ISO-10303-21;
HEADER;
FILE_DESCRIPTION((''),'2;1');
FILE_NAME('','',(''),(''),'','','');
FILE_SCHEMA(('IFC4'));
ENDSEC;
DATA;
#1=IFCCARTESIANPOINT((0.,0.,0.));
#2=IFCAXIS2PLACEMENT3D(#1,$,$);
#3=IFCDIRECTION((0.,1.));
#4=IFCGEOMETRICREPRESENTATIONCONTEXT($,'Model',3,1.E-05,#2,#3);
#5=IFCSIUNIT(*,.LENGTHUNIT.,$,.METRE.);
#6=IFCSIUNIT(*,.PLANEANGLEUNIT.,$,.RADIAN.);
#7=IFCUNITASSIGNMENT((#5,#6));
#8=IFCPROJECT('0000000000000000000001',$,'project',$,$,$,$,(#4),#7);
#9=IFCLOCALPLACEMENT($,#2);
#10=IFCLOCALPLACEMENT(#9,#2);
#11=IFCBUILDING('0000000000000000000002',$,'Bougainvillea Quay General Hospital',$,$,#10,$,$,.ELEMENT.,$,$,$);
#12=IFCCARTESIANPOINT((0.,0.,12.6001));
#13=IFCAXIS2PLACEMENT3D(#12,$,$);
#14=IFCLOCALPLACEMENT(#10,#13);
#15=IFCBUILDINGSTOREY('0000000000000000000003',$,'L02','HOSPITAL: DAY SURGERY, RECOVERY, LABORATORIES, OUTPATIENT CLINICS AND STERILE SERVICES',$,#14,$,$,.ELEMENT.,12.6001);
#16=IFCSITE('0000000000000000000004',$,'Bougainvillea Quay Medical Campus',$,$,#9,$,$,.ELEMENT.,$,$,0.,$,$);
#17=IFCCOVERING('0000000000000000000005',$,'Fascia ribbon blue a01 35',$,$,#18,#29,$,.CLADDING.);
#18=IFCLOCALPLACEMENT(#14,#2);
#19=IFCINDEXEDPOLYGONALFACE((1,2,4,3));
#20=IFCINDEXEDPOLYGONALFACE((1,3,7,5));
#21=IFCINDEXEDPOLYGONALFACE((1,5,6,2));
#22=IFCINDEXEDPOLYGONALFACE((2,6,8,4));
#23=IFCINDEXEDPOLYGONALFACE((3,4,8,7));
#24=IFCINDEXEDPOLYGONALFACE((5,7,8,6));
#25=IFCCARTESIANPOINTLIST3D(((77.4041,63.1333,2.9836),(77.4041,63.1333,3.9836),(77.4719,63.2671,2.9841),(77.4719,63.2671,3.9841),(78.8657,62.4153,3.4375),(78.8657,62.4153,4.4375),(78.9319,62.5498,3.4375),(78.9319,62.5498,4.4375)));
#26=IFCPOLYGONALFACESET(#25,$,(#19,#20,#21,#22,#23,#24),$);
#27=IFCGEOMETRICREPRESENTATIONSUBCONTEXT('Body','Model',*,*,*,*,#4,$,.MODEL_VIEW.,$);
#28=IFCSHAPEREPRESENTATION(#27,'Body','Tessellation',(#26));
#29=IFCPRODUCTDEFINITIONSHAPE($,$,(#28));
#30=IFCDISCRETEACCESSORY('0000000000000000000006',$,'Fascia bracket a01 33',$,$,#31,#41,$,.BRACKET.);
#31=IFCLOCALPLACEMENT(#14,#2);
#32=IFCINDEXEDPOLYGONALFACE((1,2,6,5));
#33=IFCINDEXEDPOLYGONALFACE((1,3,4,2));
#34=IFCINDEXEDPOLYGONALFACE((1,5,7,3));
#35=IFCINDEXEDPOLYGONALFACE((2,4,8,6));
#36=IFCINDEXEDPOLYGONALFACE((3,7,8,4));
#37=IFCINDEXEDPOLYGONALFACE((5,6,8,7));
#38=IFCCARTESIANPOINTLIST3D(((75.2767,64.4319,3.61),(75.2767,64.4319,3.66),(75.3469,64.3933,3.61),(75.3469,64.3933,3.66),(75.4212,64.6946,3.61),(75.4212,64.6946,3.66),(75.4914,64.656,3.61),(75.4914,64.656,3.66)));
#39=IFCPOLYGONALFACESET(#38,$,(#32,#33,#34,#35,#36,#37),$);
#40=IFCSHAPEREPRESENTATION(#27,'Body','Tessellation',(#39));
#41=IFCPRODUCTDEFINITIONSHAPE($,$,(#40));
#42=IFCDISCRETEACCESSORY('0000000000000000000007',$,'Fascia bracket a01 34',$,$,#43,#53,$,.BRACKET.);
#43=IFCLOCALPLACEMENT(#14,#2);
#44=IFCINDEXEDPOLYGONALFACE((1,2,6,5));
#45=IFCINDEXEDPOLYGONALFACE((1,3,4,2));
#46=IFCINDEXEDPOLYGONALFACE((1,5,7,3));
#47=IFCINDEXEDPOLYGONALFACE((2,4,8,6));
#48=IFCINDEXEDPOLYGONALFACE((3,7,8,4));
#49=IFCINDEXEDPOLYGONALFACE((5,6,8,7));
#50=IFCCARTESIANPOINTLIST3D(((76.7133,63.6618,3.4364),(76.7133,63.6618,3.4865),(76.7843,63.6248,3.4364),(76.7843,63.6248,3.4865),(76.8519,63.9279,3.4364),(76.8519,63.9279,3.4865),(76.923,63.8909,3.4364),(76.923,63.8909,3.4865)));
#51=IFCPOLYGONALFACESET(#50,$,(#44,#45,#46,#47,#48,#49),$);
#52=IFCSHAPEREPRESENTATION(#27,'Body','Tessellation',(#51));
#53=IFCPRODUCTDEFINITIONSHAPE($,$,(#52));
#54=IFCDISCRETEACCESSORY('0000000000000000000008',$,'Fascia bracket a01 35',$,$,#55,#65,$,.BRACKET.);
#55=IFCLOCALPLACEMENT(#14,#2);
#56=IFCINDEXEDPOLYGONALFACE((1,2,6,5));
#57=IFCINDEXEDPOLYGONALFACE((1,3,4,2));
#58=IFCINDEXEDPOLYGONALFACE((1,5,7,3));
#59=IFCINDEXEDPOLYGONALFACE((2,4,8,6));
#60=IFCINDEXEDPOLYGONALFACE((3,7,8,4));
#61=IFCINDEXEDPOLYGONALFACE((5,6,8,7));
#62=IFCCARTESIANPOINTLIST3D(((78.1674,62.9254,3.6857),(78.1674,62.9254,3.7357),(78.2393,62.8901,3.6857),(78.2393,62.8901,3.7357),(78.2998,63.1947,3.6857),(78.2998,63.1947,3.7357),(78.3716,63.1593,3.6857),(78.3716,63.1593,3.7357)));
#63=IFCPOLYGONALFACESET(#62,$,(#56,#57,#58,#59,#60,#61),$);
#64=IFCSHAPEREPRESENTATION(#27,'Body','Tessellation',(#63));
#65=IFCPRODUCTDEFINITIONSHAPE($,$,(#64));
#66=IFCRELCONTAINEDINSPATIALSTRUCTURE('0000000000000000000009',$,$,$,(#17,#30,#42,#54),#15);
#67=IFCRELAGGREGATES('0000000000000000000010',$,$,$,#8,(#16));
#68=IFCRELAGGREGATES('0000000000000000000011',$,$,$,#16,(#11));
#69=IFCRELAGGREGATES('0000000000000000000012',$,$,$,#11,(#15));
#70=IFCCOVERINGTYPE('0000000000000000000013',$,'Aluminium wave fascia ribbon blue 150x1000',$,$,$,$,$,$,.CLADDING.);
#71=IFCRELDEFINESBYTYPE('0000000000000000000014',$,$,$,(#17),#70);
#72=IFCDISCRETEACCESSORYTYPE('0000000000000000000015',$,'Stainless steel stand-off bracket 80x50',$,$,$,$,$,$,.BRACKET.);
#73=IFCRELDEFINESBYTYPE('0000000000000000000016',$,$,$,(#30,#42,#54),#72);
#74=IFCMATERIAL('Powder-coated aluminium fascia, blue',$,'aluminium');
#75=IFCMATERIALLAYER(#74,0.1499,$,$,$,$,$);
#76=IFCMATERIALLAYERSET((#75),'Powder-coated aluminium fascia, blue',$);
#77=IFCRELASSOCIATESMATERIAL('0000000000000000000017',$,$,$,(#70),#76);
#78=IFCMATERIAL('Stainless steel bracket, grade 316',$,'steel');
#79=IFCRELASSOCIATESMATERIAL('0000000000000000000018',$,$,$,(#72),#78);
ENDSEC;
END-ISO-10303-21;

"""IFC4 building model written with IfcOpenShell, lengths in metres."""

from ifc_helpers import new_model, si_unit, direction, frame, origin, origin_2d, place, context, subcontext, project, spatial, polyline, rectangle, outline, extrude, material, layer, layer_set, material_profile, profile_set, type_object, element, save


model = new_model("IFC4")

# Units and contexts
model_context = context("Model", 3, precision=1e-05, world=origin(), true_north=direction((0.0, 1.0)))
body_context = subcontext(model_context, "Body", "Model", "MODEL_VIEW")
ifc_project = project(units=[si_unit("LENGTHUNIT", "METRE"), si_unit("PLANEANGLEUNIT", "RADIAN")], contexts=[model_context])

# Site, building, storey
site_placement = place(None, origin())
site = spatial("IfcSite", under=ifc_project, at=site_placement, Name="Bougainvillea Quay Medical Campus", CompositionType="ELEMENT", RefElevation=0.0)
building_placement = place(site_placement, origin())
building = spatial("IfcBuilding", under=site, at=building_placement, Name="Bougainvillea Quay General Hospital", CompositionType="ELEMENT")
storey_placement = place(building_placement, frame((0.0, 0.0, 12.6001)))
storey = spatial("IfcBuildingStorey", under=building, at=storey_placement, Name="L02", Description="HOSPITAL: DAY SURGERY, RECOVERY, LABORATORIES, OUTPATIENT CLINICS AND STERILE SERVICES", CompositionType="ELEMENT", Elevation=12.6001)

# Covering
ifc_material_1 = material(Name="Powder-coated aluminium fascia, blue", Category="aluminium")
ifc_layer_1 = layer(ifc_material_1, 0.1499)
ifc_layer_set_1 = layer_set([ifc_layer_1], Name="Powder-coated aluminium fascia, blue")
covering_type = type_object("IfcCoveringType", Name="Aluminium wave fascia ribbon blue 150x1000", PredefinedType="CLADDING", material=ifc_layer_set_1)
covering_1_placement = place(storey_placement, frame((77.4719, 63.2671, 2.9841), z_axis=(-0.24087, 0.118572, 0.963287), x_axis=(0.864577, -0.42477, 0.268473)))
element("IfcCovering", 1, at=covering_1_placement, inside=storey, type_object=covering_type, Name="Fascia ribbon blue a01 35", PredefinedType="CLADDING", context=body_context, shape_type="SweptSolid", body=[
    extrude(outline(polyline([(0.0, 0.0), (1.6886, 0.0), (1.6886, -0.1499), (-0.002, -0.15), (0.0, 0.0)])), origin(), (0.268473, -0.000201, 0.963287), 1.0),
])

# Discrete accessories
ifc_material_2 = material(Name="Stainless steel bracket, grade 316", Category="steel")
ifc_material_profile_1 = material_profile(ifc_material_2, rectangle(XDim=0.0801, YDim=0.05, at=origin_2d()))
ifc_profile_set_1 = profile_set([ifc_material_profile_1], Name="Stainless steel bracket, grade 316")
discrete_accessory_type = type_object("IfcDiscreteAccessoryType", Name="Stainless steel stand-off bracket 80x50", PredefinedType="BRACKET", material=ifc_profile_set_1)
discrete_accessory_placement = place(storey_placement, frame((75.4563, 64.6753, 3.635), z_axis=(-0.482044, -0.876147, 0.0), x_axis=(0.876147, -0.482044, 0.0)))
element("IfcDiscreteAccessory", 2, at=discrete_accessory_placement, inside=storey, type_object=discrete_accessory_type, Name="Fascia bracket a01 33", PredefinedType="BRACKET", context=body_context, shape_type="SweptSolid", body=[
    extrude(rectangle(XDim=0.0801, YDim=0.05, at=origin_2d()), origin(), (0.0, 0.0, 1.0), 0.2998),
])
for number, where, z_axis, x_axis, name in (
    (3, (76.8875, 63.9094, 3.4614), (-0.462121, -0.886817, 0.0), (0.886817, -0.462121, 0.0), "Fascia bracket a01 34"),
    (4, (78.3357, 63.177, 3.7107), (-0.441019, -0.897498, 0.0), (0.897498, -0.441019, 0.0), "Fascia bracket a01 35"),
):
    element("IfcDiscreteAccessory", number, at=place(storey_placement, frame(where, z_axis=z_axis, x_axis=x_axis)), inside=storey, type_object=discrete_accessory_type, Name=name, PredefinedType="BRACKET", context=body_context, shape_type="SweptSolid", body=[
        extrude(rectangle(XDim=0.0801, YDim=0.05, at=origin_2d()), origin(), (0.0, 0.0, 1.0), 0.3),
    ])

save(model, "model.ifc")
